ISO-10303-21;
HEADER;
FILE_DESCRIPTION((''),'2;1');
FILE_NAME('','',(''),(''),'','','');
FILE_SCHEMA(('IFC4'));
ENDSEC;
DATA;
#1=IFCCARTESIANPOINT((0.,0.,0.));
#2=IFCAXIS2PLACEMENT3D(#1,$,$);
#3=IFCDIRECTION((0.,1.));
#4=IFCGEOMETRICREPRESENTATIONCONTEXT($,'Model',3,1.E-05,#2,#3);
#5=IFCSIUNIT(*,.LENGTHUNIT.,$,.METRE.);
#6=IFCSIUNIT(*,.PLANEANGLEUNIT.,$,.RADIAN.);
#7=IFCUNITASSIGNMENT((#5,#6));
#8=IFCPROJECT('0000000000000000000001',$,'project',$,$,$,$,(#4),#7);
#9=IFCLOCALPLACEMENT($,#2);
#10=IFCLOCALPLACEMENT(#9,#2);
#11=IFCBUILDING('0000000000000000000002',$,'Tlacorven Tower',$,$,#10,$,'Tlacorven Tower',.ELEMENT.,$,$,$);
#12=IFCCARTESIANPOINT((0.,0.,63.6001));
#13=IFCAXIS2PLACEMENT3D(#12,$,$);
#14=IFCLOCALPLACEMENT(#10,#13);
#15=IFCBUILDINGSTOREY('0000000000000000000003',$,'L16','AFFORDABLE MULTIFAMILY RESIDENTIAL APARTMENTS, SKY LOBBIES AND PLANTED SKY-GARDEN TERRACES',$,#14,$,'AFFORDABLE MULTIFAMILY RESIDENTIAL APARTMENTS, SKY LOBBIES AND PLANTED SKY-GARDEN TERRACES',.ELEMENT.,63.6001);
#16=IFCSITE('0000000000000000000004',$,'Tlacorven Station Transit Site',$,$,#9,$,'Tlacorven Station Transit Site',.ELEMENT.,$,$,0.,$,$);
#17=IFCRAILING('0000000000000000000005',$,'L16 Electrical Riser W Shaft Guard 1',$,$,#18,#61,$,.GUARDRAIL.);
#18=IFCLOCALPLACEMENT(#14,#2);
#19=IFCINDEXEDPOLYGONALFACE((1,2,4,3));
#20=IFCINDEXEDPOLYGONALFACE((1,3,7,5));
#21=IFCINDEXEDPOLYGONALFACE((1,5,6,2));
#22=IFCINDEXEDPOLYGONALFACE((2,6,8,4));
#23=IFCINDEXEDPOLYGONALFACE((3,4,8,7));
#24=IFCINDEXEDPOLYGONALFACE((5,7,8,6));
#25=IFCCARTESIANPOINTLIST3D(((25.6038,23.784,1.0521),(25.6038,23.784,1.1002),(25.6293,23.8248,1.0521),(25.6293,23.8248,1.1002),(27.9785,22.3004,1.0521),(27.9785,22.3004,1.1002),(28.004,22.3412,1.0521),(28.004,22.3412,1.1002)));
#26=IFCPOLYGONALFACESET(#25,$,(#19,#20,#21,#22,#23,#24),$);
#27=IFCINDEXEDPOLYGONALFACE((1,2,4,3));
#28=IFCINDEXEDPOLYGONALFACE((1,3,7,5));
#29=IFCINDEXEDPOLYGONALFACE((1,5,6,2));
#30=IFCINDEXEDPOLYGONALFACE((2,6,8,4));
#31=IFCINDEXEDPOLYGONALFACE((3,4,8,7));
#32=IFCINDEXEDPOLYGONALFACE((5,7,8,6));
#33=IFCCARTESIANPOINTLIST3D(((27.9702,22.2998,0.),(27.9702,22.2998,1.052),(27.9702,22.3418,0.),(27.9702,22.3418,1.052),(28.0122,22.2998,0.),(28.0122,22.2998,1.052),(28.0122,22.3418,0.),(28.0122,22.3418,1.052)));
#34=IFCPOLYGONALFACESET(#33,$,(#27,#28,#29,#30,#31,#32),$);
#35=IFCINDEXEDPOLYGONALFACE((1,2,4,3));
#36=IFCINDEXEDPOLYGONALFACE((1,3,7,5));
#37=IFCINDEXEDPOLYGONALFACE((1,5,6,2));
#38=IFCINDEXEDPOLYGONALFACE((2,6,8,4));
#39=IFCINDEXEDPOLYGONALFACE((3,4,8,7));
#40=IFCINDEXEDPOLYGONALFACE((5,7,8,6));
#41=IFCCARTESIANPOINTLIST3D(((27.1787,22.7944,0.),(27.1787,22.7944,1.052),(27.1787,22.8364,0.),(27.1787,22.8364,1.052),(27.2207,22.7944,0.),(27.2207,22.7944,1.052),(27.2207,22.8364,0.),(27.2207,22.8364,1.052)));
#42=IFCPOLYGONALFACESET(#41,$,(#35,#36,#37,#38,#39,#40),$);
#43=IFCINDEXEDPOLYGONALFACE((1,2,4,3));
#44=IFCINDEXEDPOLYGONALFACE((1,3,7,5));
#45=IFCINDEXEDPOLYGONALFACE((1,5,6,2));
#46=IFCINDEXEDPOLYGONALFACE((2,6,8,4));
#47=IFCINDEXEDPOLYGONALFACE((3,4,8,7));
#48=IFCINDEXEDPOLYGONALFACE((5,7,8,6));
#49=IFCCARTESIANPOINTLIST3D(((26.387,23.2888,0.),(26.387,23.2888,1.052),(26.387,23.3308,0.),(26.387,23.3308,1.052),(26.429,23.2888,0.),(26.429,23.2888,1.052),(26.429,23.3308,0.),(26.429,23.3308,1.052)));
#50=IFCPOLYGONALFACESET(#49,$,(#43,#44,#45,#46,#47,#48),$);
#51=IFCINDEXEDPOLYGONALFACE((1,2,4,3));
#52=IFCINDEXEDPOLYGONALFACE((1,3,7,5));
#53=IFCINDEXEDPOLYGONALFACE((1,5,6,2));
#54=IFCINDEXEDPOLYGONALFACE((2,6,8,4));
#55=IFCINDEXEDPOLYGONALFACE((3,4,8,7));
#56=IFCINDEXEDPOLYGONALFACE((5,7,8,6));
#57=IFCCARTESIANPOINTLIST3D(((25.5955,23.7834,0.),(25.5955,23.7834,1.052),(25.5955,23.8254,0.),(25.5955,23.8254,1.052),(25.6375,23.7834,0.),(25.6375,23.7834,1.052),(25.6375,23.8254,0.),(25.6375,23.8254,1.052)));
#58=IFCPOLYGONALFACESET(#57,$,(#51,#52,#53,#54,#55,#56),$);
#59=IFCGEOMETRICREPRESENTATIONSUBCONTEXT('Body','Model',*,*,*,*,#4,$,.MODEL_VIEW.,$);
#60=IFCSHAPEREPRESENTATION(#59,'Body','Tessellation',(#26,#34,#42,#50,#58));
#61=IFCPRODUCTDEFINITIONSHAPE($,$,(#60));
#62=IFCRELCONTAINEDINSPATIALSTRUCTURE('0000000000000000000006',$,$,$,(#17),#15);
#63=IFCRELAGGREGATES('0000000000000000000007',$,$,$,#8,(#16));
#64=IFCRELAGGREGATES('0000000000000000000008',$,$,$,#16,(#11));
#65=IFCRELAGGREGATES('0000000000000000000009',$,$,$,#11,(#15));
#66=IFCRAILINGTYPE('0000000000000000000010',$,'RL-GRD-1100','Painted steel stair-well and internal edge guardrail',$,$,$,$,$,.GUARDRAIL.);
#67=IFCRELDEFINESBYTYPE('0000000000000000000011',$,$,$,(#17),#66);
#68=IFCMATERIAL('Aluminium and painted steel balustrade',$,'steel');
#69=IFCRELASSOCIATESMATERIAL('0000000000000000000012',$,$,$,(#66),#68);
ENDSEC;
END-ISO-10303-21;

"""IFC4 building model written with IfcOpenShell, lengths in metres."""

from ifc_helpers import new_model, si_unit, direction, frame, origin, origin_2d, place, context, subcontext, project, spatial, rectangle, extrude, source, transform, mapped, material, type_object, element, save


model = new_model("IFC4")

# Units and contexts
model_context = context("Model", 3, precision=1e-05, world=origin(), true_north=direction((0.0, 1.0)))
body_context = subcontext(model_context, "Body", "Model", "MODEL_VIEW")
ifc_project = project(units=[si_unit("LENGTHUNIT", "METRE"), si_unit("PLANEANGLEUNIT", "RADIAN")], contexts=[model_context])

# Site, building, storey
site_placement = place(None, origin())
site = spatial("IfcSite", under=ifc_project, at=site_placement, Name="Tlacorven Station Transit Site", LongName="Tlacorven Station Transit Site", CompositionType="ELEMENT", RefElevation=0.0)
building_placement = place(site_placement, origin())
building = spatial("IfcBuilding", under=site, at=building_placement, Name="Tlacorven Tower", LongName="Tlacorven Tower", CompositionType="ELEMENT")
storey_placement = place(building_placement, frame((0.0, 0.0, 63.6001)))
storey = spatial("IfcBuildingStorey", under=building, at=storey_placement, Name="L16", Description="AFFORDABLE MULTIFAMILY RESIDENTIAL APARTMENTS, SKY LOBBIES AND PLANTED SKY-GARDEN TERRACES", LongName="AFFORDABLE MULTIFAMILY RESIDENTIAL APARTMENTS, SKY LOBBIES AND PLANTED SKY-GARDEN TERRACES", CompositionType="ELEMENT", Elevation=63.6001)

# Railing
ifc_material_1 = material(Name="Aluminium and painted steel balustrade", Category="steel")
railing_type = type_object("IfcRailingType", Name="RL-GRD-1100", Description="Painted steel stair-well and internal edge guardrail", PredefinedType="GUARDRAIL", material=ifc_material_1)
shared_shape_1 = source(origin(), body_context, "Body", "SweptSolid", [
    extrude(rectangle(XDim=0.0481, YDim=0.0481, at=origin_2d()), frame((0.0, 0.0, 1.0762), z_axis=(-0.848091, 0.52985, 0.0), x_axis=(-0.52985, -0.848091, 0.0)), (0.0, 0.0, 1.0), 2.8),
    extrude(rectangle(XDim=0.042, YDim=0.042, at=origin_2d()), origin(), (0.0, 0.0, 1.0), 1.052),
    extrude(rectangle(XDim=0.042, YDim=0.042, at=origin_2d()), frame((-0.7915, 0.4946, 0.0)), (0.0, 0.0, 1.0), 1.052),
    extrude(rectangle(XDim=0.042, YDim=0.042, at=origin_2d()), frame((-1.5833, 0.989, 0.0)), (0.0, 0.0, 1.0), 1.052),
    extrude(rectangle(XDim=0.042, YDim=0.042, at=origin_2d()), frame((-2.3748, 1.4836, 0.0)), (0.0, 0.0, 1.0), 1.052),
])
railing_placement = place(storey_placement, frame((27.9912, 22.3208, 0.0)))
element("IfcRailing", 1, at=railing_placement, inside=storey, type_object=railing_type, Name="L16 Electrical Riser W Shaft Guard 1", PredefinedType="GUARDRAIL", context=body_context, shape_type="MappedRepresentation", body=[
    mapped(shared_shape_1, transform((0.0, 0.0, 0.0), scale=1.0)),
])

save(model, "model.ifc")
